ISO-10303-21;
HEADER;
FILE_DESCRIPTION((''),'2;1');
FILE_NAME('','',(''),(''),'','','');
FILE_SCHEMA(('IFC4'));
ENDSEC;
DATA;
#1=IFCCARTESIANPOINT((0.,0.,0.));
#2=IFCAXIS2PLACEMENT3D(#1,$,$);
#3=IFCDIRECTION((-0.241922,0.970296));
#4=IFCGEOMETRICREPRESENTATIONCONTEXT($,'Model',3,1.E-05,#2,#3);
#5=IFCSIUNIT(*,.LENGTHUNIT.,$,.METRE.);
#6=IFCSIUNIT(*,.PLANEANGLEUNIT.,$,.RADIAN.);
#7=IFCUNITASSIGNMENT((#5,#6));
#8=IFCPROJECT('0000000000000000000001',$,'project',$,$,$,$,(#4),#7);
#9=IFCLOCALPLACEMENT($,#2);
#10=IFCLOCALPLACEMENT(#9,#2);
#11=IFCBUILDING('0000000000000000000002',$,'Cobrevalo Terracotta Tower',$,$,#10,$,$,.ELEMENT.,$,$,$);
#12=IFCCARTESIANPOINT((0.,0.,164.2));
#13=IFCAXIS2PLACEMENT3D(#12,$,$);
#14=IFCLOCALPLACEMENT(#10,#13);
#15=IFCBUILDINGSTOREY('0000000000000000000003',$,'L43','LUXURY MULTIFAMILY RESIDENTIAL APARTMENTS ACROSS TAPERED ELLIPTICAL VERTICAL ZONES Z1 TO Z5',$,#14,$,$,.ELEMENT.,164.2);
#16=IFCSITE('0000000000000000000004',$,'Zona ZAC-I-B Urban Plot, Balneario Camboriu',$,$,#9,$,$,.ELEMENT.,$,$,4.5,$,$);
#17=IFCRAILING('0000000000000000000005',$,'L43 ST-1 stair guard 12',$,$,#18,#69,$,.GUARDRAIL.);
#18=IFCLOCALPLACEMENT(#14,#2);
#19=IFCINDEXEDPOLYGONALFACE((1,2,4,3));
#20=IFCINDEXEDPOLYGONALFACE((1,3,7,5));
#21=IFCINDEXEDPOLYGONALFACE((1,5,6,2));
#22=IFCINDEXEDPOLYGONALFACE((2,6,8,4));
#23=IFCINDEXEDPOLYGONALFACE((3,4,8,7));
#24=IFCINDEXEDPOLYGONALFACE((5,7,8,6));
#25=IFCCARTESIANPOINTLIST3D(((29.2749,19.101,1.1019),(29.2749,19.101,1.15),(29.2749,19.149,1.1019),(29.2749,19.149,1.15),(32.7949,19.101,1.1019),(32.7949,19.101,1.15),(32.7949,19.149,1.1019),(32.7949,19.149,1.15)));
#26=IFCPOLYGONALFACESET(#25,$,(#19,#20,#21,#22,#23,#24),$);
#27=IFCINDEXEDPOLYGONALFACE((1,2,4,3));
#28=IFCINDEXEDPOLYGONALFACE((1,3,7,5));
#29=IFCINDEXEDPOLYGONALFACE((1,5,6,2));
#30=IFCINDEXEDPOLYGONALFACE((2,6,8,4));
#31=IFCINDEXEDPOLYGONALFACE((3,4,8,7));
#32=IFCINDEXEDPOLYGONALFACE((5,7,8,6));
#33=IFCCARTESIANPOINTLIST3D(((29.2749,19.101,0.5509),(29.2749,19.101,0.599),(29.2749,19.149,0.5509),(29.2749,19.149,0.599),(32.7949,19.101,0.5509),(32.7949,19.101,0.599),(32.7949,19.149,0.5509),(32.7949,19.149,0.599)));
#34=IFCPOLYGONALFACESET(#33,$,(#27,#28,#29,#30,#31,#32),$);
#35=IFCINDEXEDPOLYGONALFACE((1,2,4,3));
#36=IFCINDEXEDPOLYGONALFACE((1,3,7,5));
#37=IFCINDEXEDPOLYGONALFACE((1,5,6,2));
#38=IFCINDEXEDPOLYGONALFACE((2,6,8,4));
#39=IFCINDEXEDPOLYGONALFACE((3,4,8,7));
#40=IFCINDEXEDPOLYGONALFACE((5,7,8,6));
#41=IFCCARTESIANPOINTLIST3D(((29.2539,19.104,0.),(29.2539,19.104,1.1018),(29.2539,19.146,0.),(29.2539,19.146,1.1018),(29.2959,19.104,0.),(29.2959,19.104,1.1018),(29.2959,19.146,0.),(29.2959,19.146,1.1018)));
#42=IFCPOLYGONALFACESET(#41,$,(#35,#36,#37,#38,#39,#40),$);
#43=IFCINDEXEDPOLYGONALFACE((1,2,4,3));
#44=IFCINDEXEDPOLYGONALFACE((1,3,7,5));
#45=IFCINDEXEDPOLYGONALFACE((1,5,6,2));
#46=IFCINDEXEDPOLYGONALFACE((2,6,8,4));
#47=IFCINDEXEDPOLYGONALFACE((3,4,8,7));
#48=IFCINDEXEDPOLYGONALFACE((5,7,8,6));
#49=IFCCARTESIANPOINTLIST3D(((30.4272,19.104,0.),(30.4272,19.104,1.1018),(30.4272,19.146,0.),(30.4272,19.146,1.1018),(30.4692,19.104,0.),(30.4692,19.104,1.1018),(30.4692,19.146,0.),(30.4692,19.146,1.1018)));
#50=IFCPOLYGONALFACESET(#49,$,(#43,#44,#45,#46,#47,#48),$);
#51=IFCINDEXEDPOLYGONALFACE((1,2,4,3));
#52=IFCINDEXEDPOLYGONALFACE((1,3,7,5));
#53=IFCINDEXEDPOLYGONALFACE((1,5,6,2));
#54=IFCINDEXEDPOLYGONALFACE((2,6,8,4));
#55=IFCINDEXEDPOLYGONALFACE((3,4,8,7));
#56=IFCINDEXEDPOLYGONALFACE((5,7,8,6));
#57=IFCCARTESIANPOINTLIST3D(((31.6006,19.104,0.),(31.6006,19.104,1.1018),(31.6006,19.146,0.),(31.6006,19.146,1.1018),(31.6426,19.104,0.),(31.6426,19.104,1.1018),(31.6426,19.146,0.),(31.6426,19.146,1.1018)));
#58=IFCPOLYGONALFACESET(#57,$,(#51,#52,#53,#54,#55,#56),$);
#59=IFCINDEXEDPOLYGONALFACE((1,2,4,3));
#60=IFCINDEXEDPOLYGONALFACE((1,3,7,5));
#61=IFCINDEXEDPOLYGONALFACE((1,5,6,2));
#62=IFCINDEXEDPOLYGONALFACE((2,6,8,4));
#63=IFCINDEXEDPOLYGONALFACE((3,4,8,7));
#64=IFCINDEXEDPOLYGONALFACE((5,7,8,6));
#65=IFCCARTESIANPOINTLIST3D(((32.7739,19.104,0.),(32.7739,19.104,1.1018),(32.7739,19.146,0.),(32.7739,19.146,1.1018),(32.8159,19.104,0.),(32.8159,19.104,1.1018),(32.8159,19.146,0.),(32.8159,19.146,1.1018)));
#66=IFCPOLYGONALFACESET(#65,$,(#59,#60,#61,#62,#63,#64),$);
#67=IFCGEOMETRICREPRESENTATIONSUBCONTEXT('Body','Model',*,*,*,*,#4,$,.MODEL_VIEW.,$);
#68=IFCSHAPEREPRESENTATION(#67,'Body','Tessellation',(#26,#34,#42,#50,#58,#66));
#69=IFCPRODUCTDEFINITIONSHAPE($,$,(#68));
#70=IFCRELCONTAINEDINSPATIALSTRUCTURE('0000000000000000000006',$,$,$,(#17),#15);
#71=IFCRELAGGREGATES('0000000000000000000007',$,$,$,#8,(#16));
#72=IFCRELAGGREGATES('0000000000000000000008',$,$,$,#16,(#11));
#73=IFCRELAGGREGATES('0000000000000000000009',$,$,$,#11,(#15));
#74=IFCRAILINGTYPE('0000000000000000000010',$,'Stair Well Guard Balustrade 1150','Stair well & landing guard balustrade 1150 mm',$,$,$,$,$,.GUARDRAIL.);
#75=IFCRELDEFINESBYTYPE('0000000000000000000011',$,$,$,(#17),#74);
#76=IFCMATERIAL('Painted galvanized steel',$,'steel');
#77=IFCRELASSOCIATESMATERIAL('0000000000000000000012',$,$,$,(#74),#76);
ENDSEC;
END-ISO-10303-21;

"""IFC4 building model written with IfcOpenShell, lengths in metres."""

from ifc_helpers import new_model, si_unit, direction, frame, origin, origin_2d, place, context, subcontext, project, spatial, rectangle, extrude, material, type_object, element, save


model = new_model("IFC4")

# Units and contexts
model_context = context("Model", 3, precision=1e-05, world=origin(), true_north=direction((-0.241922, 0.970296)))
body_context = subcontext(model_context, "Body", "Model", "MODEL_VIEW")
ifc_project = project(units=[si_unit("LENGTHUNIT", "METRE"), si_unit("PLANEANGLEUNIT", "RADIAN")], contexts=[model_context])

# Site, building, storey
site_placement = place(None, origin())
site = spatial("IfcSite", under=ifc_project, at=site_placement, Name="Zona ZAC-I-B Urban Plot, Balneario Camboriu", CompositionType="ELEMENT", RefElevation=4.5)
building_placement = place(site_placement, origin())
building = spatial("IfcBuilding", under=site, at=building_placement, Name="Cobrevalo Terracotta Tower", CompositionType="ELEMENT")
storey_placement = place(building_placement, frame((0.0, 0.0, 164.2)))
storey = spatial("IfcBuildingStorey", under=building, at=storey_placement, Name="L43", Description="LUXURY MULTIFAMILY RESIDENTIAL APARTMENTS ACROSS TAPERED ELLIPTICAL VERTICAL ZONES Z1 TO Z5", CompositionType="ELEMENT", Elevation=164.2)

# Railing
ifc_material_1 = material(Name="Painted galvanized steel", Category="steel")
railing_type_1 = type_object("IfcRailingType", Name="Stair Well Guard Balustrade 1150", Description="Stair well & landing guard balustrade 1150 mm", PredefinedType="GUARDRAIL", material=ifc_material_1)
railing_1_placement = place(storey_placement, frame((29.2749, 19.125, 0.0)))
element("IfcRailing", 1, at=railing_1_placement, inside=storey, type_object=railing_type_1, Name="L43 ST-1 stair guard 12", PredefinedType="GUARDRAIL", context=body_context, shape_type="SweptSolid", body=[
    extrude(rectangle(XDim=0.0481, YDim=0.0481, at=origin_2d()), frame((0.0, 0.0, 1.126), z_axis=(1.0, 0.0, 0.0), x_axis=(0.0, 1.0, 0.0)), (0.0, 0.0, 1.0), 3.52),
    extrude(rectangle(XDim=0.0481, YDim=0.0481, at=origin_2d()), frame((0.0, 0.0, 0.575), z_axis=(1.0, 0.0, 0.0), x_axis=(0.0, 1.0, 0.0)), (0.0, 0.0, 1.0), 3.52),
    extrude(rectangle(XDim=0.042, YDim=0.042, at=origin_2d()), origin(), (0.0, 0.0, 1.0), 1.1018),
    extrude(rectangle(XDim=0.042, YDim=0.042, at=origin_2d()), frame((1.1733, 0.0, 0.0)), (0.0, 0.0, 1.0), 1.1018),
    extrude(rectangle(XDim=0.042, YDim=0.042, at=origin_2d()), frame((2.3467, 0.0, 0.0)), (0.0, 0.0, 1.0), 1.1018),
    extrude(rectangle(XDim=0.042, YDim=0.042, at=origin_2d()), frame((3.52, 0.0, 0.0)), (0.0, 0.0, 1.0), 1.1018),
])

save(model, "model.ifc")
